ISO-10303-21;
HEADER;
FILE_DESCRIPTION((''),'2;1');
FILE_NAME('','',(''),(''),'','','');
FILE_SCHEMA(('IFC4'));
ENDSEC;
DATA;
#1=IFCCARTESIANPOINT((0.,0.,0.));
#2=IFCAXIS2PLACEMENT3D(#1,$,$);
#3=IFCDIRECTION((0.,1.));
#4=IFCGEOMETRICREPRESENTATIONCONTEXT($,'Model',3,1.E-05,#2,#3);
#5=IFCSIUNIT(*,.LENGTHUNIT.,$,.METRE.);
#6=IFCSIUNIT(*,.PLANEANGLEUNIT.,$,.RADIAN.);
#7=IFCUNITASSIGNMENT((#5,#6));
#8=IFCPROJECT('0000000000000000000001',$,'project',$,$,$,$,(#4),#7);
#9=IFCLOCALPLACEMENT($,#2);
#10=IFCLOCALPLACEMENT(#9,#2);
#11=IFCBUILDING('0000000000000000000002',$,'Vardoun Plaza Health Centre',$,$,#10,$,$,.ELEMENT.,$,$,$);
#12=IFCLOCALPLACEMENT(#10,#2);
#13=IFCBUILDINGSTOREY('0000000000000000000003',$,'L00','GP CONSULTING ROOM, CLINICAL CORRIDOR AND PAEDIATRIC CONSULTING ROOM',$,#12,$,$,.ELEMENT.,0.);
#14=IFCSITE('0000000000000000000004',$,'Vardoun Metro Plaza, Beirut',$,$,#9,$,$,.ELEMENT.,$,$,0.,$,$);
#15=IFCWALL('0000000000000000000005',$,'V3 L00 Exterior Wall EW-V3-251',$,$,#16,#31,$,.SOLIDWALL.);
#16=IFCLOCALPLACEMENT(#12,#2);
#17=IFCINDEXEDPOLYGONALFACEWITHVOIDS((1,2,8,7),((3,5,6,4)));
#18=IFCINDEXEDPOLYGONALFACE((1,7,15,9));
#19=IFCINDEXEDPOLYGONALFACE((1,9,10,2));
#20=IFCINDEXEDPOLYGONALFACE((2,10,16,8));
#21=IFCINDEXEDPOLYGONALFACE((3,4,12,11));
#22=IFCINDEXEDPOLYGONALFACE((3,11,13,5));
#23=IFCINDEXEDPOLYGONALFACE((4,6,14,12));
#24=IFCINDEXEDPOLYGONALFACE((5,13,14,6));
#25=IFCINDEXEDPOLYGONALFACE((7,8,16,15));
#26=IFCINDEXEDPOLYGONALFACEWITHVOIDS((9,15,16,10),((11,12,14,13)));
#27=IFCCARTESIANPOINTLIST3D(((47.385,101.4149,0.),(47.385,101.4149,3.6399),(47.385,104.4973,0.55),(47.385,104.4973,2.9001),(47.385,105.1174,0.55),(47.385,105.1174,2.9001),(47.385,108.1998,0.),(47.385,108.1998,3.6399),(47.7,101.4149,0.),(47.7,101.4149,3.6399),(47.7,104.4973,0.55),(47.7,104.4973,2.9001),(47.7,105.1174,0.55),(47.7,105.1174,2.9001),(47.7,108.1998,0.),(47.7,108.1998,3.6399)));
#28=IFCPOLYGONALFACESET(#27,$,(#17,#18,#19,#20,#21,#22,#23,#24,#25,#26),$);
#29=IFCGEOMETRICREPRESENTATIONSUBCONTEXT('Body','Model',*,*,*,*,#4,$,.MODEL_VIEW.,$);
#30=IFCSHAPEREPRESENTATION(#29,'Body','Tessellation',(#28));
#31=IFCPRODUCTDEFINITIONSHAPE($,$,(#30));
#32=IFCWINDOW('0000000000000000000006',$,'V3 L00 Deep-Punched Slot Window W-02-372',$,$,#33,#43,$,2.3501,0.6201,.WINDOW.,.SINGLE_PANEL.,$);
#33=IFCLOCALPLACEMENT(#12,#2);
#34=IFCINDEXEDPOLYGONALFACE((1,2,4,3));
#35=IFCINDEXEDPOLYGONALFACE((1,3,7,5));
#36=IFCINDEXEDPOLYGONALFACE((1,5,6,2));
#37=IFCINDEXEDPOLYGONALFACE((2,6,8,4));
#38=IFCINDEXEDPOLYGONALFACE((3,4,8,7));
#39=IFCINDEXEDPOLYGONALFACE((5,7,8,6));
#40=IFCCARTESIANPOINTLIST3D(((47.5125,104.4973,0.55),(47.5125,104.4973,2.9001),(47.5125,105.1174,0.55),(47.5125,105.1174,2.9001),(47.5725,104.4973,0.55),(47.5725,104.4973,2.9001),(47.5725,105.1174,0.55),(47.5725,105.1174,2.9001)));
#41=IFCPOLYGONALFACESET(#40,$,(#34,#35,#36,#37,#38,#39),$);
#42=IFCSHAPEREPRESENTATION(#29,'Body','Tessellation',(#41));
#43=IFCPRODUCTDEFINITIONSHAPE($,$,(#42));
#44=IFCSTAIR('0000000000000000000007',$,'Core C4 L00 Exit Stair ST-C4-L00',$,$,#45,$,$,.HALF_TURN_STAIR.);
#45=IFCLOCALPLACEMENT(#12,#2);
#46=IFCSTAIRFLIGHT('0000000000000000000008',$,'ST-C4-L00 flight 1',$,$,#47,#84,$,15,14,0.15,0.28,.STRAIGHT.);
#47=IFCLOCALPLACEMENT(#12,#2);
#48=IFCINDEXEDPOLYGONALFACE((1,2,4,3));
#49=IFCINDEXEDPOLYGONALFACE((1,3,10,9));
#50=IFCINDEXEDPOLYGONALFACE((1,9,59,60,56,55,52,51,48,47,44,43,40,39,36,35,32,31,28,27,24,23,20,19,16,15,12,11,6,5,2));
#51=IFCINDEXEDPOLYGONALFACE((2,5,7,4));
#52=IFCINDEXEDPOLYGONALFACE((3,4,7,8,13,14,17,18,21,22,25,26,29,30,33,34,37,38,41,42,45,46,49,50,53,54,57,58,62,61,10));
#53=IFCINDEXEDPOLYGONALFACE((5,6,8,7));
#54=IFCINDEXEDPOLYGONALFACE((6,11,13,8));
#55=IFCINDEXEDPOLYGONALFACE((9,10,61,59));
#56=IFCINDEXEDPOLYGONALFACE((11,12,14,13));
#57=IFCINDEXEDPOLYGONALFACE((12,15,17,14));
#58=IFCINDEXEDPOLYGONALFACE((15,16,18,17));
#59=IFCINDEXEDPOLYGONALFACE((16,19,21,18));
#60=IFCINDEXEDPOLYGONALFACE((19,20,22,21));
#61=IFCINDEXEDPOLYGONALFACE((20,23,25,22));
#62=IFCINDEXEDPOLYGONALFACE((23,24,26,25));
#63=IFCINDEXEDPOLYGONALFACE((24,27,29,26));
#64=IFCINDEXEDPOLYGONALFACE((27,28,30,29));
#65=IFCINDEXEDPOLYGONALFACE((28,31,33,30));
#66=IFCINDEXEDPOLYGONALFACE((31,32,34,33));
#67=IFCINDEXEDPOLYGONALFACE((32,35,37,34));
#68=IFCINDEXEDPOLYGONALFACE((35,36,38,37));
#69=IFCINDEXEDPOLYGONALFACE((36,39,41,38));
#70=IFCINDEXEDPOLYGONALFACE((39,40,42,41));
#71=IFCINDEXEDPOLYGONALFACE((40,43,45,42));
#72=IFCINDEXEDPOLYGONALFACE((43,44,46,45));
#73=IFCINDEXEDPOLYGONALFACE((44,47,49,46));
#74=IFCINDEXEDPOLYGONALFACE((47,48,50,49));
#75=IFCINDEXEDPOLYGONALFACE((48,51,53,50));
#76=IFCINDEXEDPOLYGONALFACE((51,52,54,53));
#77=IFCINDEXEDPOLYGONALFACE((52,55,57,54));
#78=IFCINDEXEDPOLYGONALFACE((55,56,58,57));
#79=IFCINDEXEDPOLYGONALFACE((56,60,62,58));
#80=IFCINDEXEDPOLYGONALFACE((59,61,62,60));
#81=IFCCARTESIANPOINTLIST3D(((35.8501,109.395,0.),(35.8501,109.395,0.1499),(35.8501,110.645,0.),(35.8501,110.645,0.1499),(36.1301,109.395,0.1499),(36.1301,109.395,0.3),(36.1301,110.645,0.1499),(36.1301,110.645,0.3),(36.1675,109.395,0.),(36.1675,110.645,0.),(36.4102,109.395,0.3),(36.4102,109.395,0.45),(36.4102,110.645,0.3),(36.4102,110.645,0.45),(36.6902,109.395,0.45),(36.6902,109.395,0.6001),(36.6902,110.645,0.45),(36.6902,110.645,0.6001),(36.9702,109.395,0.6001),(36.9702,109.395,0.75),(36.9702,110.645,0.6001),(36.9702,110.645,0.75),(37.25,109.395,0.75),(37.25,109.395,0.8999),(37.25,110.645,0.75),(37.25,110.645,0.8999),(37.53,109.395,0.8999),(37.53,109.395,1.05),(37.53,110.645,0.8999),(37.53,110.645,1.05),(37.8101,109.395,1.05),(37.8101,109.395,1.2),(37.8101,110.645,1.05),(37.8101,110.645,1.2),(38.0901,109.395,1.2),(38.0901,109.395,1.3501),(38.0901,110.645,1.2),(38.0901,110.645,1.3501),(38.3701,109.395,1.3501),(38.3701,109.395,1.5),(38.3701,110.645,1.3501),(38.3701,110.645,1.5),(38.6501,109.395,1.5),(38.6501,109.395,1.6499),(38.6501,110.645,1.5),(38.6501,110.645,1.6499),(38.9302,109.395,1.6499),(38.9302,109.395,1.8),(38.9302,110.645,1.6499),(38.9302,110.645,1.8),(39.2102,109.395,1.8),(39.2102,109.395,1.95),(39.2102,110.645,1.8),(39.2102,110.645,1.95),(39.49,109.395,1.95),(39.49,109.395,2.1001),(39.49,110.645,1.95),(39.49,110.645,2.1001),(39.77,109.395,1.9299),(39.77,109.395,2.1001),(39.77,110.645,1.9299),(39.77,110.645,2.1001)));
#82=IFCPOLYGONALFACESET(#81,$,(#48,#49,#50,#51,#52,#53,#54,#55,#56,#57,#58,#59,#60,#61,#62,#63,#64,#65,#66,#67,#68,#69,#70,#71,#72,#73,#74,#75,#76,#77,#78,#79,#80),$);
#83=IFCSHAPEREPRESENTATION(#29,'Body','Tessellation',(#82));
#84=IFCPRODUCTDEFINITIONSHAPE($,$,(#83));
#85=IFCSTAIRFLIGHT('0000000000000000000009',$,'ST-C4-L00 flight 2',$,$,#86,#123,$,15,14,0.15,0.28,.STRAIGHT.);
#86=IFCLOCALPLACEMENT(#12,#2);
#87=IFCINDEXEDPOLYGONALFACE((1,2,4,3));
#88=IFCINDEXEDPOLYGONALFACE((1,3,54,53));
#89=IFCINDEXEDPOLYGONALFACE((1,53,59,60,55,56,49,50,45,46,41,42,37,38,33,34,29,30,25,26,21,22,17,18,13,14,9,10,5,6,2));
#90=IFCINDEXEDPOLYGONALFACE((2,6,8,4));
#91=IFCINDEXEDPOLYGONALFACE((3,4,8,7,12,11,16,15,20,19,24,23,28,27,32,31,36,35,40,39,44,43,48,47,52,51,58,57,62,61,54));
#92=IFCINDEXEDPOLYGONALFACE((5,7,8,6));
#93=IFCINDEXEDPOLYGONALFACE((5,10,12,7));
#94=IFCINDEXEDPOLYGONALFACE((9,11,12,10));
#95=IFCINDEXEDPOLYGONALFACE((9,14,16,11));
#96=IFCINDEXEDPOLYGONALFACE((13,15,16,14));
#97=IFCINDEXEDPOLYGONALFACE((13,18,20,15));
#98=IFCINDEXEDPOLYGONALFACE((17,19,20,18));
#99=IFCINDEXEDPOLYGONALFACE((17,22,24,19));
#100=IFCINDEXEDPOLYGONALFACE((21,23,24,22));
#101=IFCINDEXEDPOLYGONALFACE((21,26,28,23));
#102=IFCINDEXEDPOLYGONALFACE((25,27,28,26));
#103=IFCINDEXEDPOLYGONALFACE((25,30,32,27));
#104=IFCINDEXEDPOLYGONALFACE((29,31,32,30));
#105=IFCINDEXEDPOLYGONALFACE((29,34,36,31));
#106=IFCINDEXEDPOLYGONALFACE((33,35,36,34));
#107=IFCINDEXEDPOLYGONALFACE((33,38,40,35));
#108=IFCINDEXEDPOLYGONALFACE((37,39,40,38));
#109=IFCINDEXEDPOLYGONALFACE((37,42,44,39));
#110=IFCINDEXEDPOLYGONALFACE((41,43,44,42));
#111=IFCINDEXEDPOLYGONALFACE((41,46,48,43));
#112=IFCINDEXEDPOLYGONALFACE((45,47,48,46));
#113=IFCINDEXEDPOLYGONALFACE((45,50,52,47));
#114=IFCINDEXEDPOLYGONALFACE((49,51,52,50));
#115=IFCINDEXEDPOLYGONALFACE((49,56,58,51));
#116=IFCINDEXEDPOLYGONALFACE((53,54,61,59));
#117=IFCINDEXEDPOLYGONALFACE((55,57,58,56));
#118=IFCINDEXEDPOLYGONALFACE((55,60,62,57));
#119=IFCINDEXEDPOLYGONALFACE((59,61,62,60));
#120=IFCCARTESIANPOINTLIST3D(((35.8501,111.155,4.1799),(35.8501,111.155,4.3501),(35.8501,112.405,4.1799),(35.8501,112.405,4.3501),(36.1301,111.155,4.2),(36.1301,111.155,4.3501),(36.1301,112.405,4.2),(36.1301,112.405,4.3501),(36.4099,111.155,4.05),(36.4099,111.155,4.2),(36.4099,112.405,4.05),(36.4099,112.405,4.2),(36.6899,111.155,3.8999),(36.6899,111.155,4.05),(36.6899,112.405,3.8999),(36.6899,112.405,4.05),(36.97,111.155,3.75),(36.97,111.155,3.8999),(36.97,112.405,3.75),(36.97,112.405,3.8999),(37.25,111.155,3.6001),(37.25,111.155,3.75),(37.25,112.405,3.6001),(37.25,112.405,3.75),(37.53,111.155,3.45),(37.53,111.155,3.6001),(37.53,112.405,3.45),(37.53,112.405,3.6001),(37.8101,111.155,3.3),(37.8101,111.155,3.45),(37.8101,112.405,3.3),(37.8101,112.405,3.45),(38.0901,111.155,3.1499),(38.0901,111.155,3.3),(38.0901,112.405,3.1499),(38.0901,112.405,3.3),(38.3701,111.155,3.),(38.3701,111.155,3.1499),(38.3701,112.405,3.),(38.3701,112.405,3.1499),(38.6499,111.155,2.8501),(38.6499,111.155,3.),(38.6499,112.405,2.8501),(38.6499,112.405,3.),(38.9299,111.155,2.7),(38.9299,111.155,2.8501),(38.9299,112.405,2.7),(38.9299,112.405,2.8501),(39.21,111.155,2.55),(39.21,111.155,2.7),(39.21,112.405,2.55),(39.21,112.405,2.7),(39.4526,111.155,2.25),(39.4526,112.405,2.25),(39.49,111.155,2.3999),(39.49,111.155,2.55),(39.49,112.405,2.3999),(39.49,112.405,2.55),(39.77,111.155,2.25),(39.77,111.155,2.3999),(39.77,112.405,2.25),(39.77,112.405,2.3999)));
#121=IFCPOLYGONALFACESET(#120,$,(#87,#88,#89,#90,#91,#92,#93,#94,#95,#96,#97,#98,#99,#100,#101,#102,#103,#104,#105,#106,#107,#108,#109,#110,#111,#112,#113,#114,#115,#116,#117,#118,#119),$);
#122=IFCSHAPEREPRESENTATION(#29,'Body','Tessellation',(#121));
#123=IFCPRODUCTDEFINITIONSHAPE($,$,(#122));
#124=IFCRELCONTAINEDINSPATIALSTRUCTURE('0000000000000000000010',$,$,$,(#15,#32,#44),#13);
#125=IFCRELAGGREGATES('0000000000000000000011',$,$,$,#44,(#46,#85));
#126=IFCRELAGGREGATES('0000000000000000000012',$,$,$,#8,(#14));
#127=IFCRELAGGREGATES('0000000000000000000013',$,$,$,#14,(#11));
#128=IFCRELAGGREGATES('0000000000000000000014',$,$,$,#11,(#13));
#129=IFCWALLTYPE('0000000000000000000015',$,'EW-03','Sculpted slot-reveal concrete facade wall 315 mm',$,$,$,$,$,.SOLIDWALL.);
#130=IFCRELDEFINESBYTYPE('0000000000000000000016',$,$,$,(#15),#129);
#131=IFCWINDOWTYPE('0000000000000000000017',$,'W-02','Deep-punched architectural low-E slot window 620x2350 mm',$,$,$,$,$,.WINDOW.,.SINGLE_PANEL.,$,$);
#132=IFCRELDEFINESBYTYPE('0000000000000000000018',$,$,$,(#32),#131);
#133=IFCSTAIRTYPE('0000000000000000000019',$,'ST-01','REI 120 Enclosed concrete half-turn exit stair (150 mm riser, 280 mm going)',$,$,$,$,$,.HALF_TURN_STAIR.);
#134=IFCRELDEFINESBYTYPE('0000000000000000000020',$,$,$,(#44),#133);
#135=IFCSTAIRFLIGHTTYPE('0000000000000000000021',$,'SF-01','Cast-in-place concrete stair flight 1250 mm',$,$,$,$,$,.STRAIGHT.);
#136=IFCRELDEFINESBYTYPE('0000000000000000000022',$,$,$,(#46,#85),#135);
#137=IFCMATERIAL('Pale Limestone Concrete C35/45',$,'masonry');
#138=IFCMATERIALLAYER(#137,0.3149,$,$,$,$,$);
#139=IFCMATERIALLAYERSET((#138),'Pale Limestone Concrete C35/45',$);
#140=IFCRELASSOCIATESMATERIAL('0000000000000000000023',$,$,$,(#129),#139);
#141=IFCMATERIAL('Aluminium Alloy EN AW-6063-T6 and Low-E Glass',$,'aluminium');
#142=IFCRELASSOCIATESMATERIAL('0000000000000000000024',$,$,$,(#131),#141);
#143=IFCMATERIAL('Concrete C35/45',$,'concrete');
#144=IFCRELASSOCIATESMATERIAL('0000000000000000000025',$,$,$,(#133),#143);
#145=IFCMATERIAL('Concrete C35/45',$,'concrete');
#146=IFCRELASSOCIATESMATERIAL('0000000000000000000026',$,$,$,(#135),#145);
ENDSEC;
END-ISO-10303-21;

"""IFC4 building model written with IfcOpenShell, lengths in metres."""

from ifc_helpers import new_model, si_unit, direction, frame, frame_2d, origin, place, context, subcontext, project, spatial, polyline, rectangle, outline, extrude, material, layer, layer_set, type_object, element, fill, aggregate, save


model = new_model("IFC4")

# Units and contexts
model_context = context("Model", 3, precision=1e-05, world=origin(), true_north=direction((0.0, 1.0)))
body_context = subcontext(model_context, "Body", "Model", "MODEL_VIEW")
ifc_project = project(units=[si_unit("LENGTHUNIT", "METRE"), si_unit("PLANEANGLEUNIT", "RADIAN")], contexts=[model_context])

# Site, building, storey
site_placement = place(None, origin())
site = spatial("IfcSite", under=ifc_project, at=site_placement, Name="Vardoun Metro Plaza, Beirut", CompositionType="ELEMENT", RefElevation=0.0)
building_placement = place(site_placement, origin())
building = spatial("IfcBuilding", under=site, at=building_placement, Name="Vardoun Plaza Health Centre", CompositionType="ELEMENT")
storey_placement = place(building_placement, origin())
storey = spatial("IfcBuildingStorey", under=building, at=storey_placement, Name="L00", Description="GP CONSULTING ROOM, CLINICAL CORRIDOR AND PAEDIATRIC CONSULTING ROOM", CompositionType="ELEMENT", Elevation=0.0)

# Shared definitions
ifc_material_1 = material(Name="Pale Limestone Concrete C35/45", Category="masonry")
ifc_layer_1 = layer(ifc_material_1, 0.3149)
ifc_layer_set_1 = layer_set([ifc_layer_1], Name="Pale Limestone Concrete C35/45")
wall_type_1 = type_object("IfcWallType", Name="EW-03", Description="Sculpted slot-reveal concrete facade wall 315 mm", PredefinedType="SOLIDWALL", material=ifc_layer_set_1)

# Wall, opening, window
wall_1_placement = place(storey_placement, frame((47.5425, 108.2, 0.0), z_axis=(0.0, 0.0, 1.0), x_axis=(0.0, -1.0, 0.0)))
wall_1 = element("IfcWall", 1, at=wall_1_placement, inside=storey, type_object=wall_type_1, Name="V3 L00 Exterior Wall EW-V3-251", PredefinedType="SOLIDWALL", context=body_context, shape_type="SweptSolid", body=[
    extrude(rectangle(XDim=6.7849, YDim=0.3149, at=frame_2d((3.3926, 0.0))), origin(), (0.0, 0.0, 1.0), 3.6399),
])
opening_1_placement = place(wall_1_placement, frame((3.0825, 0.0, 0.55)))
opening_1 = element("IfcOpeningElement", 2, at=opening_1_placement, cuts=wall_1, PredefinedType="OPENING", context=body_context, shape_type="SweptSolid", body=[
    extrude(rectangle(XDim=0.6201, YDim=2.3501, at=frame_2d((0.3101, 1.175))), frame((0.0, 0.1575, 0.0), z_axis=(0.0, -1.0, 0.0), x_axis=(1.0, 0.0, 0.0)), (0.0, 0.0, 1.0), 0.3149),
])
ifc_material_2 = material(Name="Aluminium Alloy EN AW-6063-T6 and Low-E Glass", Category="aluminium")
window_type_1 = type_object("IfcWindowType", Name="W-02", Description="Deep-punched architectural low-E slot window 620x2350 mm", PartitioningType="SINGLE_PANEL", PredefinedType="WINDOW", material=ifc_material_2)
window_1_placement = place(opening_1_placement, origin())
window_1 = element("IfcWindow", 3, at=window_1_placement, inside=storey, type_object=window_type_1, Name="V3 L00 Deep-Punched Slot Window W-02-372", OverallHeight=2.3501, OverallWidth=0.6201, PartitioningType="SINGLE_PANEL", PredefinedType="WINDOW", context=body_context, shape_type="SweptSolid", body=[
    extrude(rectangle(XDim=0.6201, YDim=2.3501, at=frame_2d((0.3101, 1.175))), frame((0.0, 0.03, 0.0), z_axis=(0.0, -1.0, 0.0), x_axis=(1.0, 0.0, 0.0)), (0.0, 0.0, 1.0), 0.0601),
])
fill(opening_1, window_1)

# Stair, stair flights
ifc_material_3 = material(Name="Concrete C35/45", Category="concrete")
stair_type = type_object("IfcStairType", Name="ST-01", Description="REI 120 Enclosed concrete half-turn exit stair (150 mm riser, 280 mm going)", PredefinedType="HALF_TURN_STAIR", material=ifc_material_3)
stair_placement = place(storey_placement, origin())
stair = element("IfcStair", 4, at=stair_placement, inside=storey, type_object=stair_type, Name="Core C4 L00 Exit Stair ST-C4-L00", PredefinedType="HALF_TURN_STAIR")
ifc_material_4 = material(Name="Concrete C35/45", Category="concrete")
stair_flight_type = type_object("IfcStairFlightType", Name="SF-01", Description="Cast-in-place concrete stair flight 1250 mm", PredefinedType="STRAIGHT", material=ifc_material_4)
stair_flight_1_placement = place(storey_placement, frame((35.8501, 110.02, 0.0), z_axis=(0.0, 0.0, 1.0), x_axis=(1.0, 0.0, 0.0)))
stair_flight_1 = element("IfcStairFlight", 5, at=stair_flight_1_placement, type_object=stair_flight_type, Name="ST-C4-L00 flight 1", NumberOfRisers=15, NumberOfTreads=14, PredefinedType="STRAIGHT", RiserHeight=0.15, TreadLength=0.28, context=body_context, shape_type="SweptSolid", body=[
    extrude(outline(polyline([(0.0, 0.0), (0.0, 0.1499), (0.28, 0.1499), (0.28, 0.3), (0.5601, 0.3), (0.5601, 0.45), (0.8401, 0.45), (0.8401, 0.6001), (1.1201, 0.6001), (1.1201, 0.75), (1.3999, 0.75), (1.3999, 0.8999), (1.6799, 0.8999), (1.6799, 1.05), (1.96, 1.05), (1.96, 1.2), (2.24, 1.2), (2.24, 1.3501), (2.52, 1.3501), (2.52, 1.5), (2.8, 1.5), (2.8, 1.6499), (3.0801, 1.6499), (3.0801, 1.8), (3.3601, 1.8), (3.3601, 1.95), (3.6399, 1.95), (3.6399, 2.1001), (3.9199, 2.1001), (3.9199, 2.25), (3.9199, 1.9299), (0.3174, 0.0), (0.0, 0.0)])), frame((0.0, 0.625, 0.0), z_axis=(0.0, -1.0, 0.0), x_axis=(1.0, 0.0, 0.0)), (0.0, 0.0, 1.0), 1.25),
])
stair_flight_2_placement = place(storey_placement, frame((39.77, 111.78, 2.25), z_axis=(0.0, 0.0, 1.0), x_axis=(-1.0, 0.0, 0.0)))
stair_flight_2 = element("IfcStairFlight", 6, at=stair_flight_2_placement, type_object=stair_flight_type, Name="ST-C4-L00 flight 2", NumberOfRisers=15, NumberOfTreads=14, PredefinedType="STRAIGHT", RiserHeight=0.15, TreadLength=0.28, context=body_context, shape_type="SweptSolid", body=[
    extrude(outline(polyline([(0.0, 0.0), (0.0, 0.1499), (0.28, 0.1499), (0.28, 0.3), (0.5601, 0.3), (0.5601, 0.45), (0.8401, 0.45), (0.8401, 0.6001), (1.1201, 0.6001), (1.1201, 0.75), (1.3999, 0.75), (1.3999, 0.8999), (1.6799, 0.8999), (1.6799, 1.05), (1.96, 1.05), (1.96, 1.2), (2.24, 1.2), (2.24, 1.3501), (2.52, 1.3501), (2.52, 1.5), (2.8, 1.5), (2.8, 1.6499), (3.0801, 1.6499), (3.0801, 1.8), (3.3601, 1.8), (3.3601, 1.95), (3.6399, 1.95), (3.6399, 2.1001), (3.9199, 2.1001), (3.9199, 2.25), (3.9199, 1.9299), (0.3174, 0.0), (0.0, 0.0)])), frame((0.0, 0.625, 0.0), z_axis=(0.0, -1.0, 0.0), x_axis=(1.0, 0.0, 0.0)), (0.0, 0.0, 1.0), 1.25),
])
aggregate(stair, [stair_flight_1, stair_flight_2])

save(model, "model.ifc")
